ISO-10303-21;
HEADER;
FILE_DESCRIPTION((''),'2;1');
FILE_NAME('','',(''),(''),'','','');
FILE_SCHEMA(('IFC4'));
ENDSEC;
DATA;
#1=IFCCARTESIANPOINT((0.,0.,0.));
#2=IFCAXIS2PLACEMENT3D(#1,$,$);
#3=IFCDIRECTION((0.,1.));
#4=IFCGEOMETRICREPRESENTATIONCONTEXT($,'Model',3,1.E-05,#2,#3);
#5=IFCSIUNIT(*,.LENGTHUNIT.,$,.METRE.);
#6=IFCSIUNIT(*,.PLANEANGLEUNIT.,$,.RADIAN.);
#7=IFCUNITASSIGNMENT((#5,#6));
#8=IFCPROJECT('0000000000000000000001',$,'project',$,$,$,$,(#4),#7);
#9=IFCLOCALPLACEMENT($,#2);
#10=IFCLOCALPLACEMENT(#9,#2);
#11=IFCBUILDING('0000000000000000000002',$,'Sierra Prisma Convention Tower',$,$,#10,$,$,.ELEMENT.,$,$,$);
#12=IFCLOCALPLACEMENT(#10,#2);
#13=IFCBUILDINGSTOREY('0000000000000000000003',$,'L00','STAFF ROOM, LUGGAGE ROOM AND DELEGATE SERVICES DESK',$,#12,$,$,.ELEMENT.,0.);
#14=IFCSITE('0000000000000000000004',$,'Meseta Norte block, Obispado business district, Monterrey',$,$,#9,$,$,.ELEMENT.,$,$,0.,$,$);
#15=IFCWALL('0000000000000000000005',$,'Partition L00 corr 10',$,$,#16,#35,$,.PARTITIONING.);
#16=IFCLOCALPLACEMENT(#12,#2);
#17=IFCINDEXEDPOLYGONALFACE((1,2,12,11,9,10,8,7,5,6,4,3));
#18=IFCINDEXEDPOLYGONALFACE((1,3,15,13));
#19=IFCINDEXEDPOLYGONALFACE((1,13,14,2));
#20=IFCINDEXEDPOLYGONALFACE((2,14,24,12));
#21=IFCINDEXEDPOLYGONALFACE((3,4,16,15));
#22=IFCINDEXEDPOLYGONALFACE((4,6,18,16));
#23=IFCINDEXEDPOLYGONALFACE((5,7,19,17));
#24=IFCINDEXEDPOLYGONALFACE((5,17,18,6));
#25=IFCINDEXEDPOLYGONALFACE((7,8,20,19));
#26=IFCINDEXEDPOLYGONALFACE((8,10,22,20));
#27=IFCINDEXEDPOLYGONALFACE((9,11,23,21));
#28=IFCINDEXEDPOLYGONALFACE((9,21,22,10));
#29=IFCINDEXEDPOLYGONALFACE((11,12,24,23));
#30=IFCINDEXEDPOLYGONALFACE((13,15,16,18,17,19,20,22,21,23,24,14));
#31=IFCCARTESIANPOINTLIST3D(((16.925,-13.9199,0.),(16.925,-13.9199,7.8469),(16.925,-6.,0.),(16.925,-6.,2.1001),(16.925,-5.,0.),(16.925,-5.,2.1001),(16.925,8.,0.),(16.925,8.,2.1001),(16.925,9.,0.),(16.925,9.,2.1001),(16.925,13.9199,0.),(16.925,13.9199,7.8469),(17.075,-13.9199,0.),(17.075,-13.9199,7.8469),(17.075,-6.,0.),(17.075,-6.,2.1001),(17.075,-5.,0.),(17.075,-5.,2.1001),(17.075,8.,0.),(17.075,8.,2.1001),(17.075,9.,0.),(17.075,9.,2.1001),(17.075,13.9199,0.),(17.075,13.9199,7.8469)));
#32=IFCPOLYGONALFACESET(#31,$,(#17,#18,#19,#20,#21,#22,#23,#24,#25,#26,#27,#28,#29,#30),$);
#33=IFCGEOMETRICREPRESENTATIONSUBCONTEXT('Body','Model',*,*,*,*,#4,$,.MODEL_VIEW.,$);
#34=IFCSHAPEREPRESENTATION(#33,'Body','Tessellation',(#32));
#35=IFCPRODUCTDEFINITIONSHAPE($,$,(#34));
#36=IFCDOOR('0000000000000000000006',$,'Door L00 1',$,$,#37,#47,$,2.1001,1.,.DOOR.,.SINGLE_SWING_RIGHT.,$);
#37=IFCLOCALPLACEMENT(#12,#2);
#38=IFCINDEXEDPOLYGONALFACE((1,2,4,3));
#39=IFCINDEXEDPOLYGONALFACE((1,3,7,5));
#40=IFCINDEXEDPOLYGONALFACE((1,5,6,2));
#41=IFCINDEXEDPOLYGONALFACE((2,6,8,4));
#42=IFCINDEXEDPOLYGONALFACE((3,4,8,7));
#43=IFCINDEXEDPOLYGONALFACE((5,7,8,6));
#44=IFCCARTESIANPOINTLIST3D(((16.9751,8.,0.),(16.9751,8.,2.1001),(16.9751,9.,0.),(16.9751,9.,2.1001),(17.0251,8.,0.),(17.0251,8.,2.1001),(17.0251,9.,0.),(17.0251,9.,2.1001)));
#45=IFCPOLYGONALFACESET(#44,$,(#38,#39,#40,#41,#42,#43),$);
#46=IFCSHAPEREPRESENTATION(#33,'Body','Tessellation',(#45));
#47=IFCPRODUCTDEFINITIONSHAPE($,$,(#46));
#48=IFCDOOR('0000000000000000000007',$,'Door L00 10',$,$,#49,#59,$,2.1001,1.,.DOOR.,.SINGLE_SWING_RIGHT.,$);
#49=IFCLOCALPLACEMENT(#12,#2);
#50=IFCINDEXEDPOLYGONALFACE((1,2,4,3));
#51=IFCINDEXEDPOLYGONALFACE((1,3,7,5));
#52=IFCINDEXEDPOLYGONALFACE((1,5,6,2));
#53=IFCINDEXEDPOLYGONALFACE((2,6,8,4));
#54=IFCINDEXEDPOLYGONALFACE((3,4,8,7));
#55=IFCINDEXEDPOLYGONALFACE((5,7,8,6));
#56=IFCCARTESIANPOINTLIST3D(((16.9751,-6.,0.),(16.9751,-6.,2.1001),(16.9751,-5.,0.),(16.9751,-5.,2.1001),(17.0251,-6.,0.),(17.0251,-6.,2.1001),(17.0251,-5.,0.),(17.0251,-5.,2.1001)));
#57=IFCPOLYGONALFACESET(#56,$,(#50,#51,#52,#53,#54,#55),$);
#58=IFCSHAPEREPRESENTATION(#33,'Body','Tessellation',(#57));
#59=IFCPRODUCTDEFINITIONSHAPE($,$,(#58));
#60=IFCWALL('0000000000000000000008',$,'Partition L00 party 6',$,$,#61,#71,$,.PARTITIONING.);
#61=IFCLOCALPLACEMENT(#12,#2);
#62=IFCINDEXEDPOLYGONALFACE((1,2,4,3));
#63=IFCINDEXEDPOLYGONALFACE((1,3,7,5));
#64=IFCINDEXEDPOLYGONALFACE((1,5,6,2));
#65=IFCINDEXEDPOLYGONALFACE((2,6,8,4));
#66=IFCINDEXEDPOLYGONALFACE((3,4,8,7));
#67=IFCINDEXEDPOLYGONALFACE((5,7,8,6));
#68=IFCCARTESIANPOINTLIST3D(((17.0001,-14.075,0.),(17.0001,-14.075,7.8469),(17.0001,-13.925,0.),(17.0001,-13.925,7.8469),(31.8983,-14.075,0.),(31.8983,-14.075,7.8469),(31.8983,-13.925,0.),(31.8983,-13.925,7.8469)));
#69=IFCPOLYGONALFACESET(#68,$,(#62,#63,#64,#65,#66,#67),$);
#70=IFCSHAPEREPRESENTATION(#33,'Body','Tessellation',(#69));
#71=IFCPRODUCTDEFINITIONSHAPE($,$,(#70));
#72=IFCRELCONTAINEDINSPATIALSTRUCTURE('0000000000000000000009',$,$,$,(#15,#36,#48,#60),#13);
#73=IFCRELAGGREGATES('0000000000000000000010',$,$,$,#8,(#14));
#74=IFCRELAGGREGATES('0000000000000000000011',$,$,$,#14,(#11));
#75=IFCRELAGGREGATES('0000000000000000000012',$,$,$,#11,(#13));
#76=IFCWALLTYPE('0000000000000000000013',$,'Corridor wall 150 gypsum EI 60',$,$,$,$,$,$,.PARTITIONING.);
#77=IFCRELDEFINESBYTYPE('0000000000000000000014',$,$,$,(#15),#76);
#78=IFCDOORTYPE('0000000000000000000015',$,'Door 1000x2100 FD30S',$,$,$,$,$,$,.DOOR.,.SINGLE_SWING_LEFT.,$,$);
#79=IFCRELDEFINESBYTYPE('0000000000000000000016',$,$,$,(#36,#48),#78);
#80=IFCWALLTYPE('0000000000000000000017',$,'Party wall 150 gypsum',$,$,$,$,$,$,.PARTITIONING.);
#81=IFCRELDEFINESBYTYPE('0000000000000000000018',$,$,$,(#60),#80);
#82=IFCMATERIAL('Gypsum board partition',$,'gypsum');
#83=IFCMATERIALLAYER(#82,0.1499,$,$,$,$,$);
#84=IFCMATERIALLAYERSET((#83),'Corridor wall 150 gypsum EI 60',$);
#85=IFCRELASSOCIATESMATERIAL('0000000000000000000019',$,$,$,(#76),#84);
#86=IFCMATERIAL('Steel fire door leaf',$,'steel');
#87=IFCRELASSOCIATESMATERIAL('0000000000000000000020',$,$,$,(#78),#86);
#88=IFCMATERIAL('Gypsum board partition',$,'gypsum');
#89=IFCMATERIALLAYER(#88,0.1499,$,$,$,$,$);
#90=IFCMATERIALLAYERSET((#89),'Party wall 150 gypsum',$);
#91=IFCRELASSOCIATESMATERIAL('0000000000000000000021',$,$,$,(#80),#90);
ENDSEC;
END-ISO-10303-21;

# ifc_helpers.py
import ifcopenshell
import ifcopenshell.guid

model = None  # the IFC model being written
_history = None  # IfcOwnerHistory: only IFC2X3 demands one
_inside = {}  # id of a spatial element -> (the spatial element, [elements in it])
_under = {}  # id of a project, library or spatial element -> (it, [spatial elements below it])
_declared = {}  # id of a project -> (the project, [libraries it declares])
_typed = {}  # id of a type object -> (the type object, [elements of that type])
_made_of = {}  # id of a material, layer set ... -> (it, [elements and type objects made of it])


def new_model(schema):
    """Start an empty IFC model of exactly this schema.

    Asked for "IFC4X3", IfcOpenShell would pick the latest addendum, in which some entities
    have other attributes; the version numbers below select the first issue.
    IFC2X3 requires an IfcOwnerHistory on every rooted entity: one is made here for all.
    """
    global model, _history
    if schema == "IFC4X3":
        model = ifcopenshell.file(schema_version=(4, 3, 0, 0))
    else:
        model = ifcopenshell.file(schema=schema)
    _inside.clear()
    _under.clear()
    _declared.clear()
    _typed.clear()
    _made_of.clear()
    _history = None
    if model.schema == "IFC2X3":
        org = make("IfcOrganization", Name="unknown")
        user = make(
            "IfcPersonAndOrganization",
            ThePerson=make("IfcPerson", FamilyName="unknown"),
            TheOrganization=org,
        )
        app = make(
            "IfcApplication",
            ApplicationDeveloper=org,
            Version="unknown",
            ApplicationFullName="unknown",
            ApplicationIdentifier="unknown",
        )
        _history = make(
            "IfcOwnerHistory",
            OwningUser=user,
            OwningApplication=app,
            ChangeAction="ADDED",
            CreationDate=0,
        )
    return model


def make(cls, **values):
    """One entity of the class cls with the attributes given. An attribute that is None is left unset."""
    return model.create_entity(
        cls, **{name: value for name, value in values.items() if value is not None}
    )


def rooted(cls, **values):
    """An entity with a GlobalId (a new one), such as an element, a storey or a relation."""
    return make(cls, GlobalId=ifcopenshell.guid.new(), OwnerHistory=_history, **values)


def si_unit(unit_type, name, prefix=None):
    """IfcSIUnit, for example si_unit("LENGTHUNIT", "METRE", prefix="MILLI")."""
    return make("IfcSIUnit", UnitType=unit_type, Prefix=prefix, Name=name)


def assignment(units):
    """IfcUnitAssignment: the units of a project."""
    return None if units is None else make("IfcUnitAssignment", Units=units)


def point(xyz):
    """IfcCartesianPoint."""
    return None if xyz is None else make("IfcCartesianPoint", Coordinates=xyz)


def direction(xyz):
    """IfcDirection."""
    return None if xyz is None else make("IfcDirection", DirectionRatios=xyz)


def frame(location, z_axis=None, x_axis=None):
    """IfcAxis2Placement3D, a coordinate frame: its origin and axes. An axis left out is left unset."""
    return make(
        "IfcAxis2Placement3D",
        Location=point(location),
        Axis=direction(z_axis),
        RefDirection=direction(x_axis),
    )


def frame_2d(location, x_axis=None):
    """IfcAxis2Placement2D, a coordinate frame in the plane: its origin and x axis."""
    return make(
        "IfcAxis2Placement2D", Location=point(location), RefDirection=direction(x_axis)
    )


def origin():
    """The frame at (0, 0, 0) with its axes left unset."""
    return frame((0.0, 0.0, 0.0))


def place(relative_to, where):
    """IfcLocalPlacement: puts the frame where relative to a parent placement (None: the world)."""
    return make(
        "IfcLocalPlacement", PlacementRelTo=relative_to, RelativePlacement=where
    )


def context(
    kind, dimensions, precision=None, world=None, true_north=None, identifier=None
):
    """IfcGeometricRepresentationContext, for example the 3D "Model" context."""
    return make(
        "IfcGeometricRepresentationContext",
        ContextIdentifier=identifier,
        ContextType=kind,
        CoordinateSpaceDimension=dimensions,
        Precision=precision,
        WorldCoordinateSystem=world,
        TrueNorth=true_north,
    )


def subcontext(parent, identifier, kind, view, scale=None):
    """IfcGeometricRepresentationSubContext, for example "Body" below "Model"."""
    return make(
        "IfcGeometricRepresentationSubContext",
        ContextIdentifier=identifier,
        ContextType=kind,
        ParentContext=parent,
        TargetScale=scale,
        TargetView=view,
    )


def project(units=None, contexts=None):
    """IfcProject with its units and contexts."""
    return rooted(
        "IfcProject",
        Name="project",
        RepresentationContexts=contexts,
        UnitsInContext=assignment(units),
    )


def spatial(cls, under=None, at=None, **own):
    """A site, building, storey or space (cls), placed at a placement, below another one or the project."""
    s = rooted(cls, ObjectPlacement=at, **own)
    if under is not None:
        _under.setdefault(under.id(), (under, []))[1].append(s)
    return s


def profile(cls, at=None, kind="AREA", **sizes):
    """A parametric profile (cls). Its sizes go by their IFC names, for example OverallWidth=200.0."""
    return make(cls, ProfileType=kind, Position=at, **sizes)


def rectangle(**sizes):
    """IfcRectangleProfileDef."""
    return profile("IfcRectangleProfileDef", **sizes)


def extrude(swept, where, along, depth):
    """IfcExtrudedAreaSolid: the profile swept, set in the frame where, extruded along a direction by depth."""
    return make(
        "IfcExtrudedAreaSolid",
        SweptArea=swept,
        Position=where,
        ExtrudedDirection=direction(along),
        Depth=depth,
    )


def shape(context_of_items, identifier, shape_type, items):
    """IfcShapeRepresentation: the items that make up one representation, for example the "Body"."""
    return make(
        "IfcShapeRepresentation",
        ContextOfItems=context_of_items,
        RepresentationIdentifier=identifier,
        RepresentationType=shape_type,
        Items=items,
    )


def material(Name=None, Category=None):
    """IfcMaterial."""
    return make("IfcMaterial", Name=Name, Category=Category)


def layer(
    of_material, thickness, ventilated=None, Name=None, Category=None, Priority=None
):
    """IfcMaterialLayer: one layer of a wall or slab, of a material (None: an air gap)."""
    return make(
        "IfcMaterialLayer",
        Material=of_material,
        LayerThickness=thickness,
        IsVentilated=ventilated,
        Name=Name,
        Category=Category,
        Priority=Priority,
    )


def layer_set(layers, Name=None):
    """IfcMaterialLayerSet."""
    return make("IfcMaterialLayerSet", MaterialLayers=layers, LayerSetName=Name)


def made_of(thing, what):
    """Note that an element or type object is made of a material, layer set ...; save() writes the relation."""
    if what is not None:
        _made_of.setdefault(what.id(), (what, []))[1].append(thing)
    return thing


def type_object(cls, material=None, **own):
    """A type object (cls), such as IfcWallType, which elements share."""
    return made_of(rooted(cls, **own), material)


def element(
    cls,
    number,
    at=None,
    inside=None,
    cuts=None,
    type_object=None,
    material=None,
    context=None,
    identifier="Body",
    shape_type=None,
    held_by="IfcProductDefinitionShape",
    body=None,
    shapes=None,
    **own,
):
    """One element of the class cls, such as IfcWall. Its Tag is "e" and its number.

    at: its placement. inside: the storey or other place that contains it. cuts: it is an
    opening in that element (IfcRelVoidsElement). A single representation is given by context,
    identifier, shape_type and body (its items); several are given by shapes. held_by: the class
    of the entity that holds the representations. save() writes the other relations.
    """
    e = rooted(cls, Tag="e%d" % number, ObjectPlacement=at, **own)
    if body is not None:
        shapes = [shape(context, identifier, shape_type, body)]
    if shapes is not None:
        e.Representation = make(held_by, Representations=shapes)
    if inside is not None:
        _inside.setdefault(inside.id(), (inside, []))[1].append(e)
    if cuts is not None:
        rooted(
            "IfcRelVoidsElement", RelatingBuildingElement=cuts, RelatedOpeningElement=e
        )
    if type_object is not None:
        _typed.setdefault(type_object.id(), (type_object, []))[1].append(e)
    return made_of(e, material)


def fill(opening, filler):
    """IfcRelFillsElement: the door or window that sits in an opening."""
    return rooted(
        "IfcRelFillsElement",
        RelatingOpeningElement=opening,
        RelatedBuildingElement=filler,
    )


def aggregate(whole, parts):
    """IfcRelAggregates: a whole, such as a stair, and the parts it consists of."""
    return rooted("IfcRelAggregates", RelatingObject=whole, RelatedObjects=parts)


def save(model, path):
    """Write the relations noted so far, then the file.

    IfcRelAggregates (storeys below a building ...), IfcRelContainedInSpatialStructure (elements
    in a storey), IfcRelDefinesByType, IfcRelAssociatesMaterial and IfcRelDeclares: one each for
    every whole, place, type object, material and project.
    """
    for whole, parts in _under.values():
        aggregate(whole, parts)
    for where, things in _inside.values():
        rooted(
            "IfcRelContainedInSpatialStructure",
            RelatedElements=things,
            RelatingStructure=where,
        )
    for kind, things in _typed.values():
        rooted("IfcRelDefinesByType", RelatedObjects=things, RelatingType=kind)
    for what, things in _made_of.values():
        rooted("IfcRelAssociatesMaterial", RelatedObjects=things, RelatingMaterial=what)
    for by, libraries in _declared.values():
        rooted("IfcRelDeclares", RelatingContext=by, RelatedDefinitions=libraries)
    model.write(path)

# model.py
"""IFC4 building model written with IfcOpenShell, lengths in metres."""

from ifc_helpers import new_model, si_unit, direction, frame, frame_2d, origin, place, context, subcontext, project, spatial, rectangle, extrude, material, layer, layer_set, type_object, element, fill, save


model = new_model("IFC4")

# Units and contexts
model_context = context("Model", 3, precision=1e-05, world=origin(), true_north=direction((0.0, 1.0)))
body_context = subcontext(model_context, "Body", "Model", "MODEL_VIEW")
ifc_project = project(units=[si_unit("LENGTHUNIT", "METRE"), si_unit("PLANEANGLEUNIT", "RADIAN")], contexts=[model_context])

# Site, building, storey
site_placement = place(None, origin())
site = spatial("IfcSite", under=ifc_project, at=site_placement, Name="Meseta Norte block, Obispado business district, Monterrey", CompositionType="ELEMENT", RefElevation=0.0)
building_placement = place(site_placement, origin())
building = spatial("IfcBuilding", under=site, at=building_placement, Name="Sierra Prisma Convention Tower", CompositionType="ELEMENT")
storey_placement = place(building_placement, origin())
storey = spatial("IfcBuildingStorey", under=building, at=storey_placement, Name="L00", Description="STAFF ROOM, LUGGAGE ROOM AND DELEGATE SERVICES DESK", CompositionType="ELEMENT", Elevation=0.0)

# Wall, openings, doors
ifc_material_1 = material(Name="Gypsum board partition", Category="gypsum")
ifc_layer_1 = layer(ifc_material_1, 0.1499)
ifc_layer_set_1 = layer_set([ifc_layer_1], Name="Corridor wall 150 gypsum EI 60")
wall_type_1 = type_object("IfcWallType", Name="Corridor wall 150 gypsum EI 60", PredefinedType="PARTITIONING", material=ifc_layer_set_1)
wall_1_placement = place(storey_placement, frame((17.0, -13.9199, 0.0), z_axis=(0.0, 0.0, 1.0), x_axis=(0.0, 1.0, 0.0)))
wall_1 = element("IfcWall", 1, at=wall_1_placement, inside=storey, type_object=wall_type_1, Name="Partition L00 corr 10", PredefinedType="PARTITIONING", context=body_context, shape_type="SweptSolid", body=[
    extrude(rectangle(XDim=27.8398, YDim=0.1499, at=frame_2d((13.9199, 0.0))), origin(), (0.0, 0.0, 1.0), 7.8469),
])
opening_1_placement = place(wall_1_placement, frame((21.9199, 0.0, 0.0)))
opening_1 = element("IfcOpeningElement", 2, at=opening_1_placement, cuts=wall_1, PredefinedType="OPENING", context=body_context, shape_type="SweptSolid", body=[
    extrude(rectangle(XDim=1.0, YDim=2.1001, at=frame_2d((0.5, 1.05))), frame((0.0, 0.075, 0.0), z_axis=(0.0, -1.0, 0.0), x_axis=(1.0, 0.0, 0.0)), (0.0, 0.0, 1.0), 0.1499),
])
opening_2_placement = place(wall_1_placement, frame((7.9199, 0.0, 0.0)))
opening_2 = element("IfcOpeningElement", 3, at=opening_2_placement, cuts=wall_1, PredefinedType="OPENING", context=body_context, shape_type="SweptSolid", body=[
    extrude(rectangle(XDim=1.0, YDim=2.1001, at=frame_2d((0.5, 1.05))), frame((0.0, 0.075, 0.0), z_axis=(0.0, -1.0, 0.0), x_axis=(1.0, 0.0, 0.0)), (0.0, 0.0, 1.0), 0.1499),
])
ifc_material_2 = material(Name="Steel fire door leaf", Category="steel")
door_type_1 = type_object("IfcDoorType", Name="Door 1000x2100 FD30S", OperationType="SINGLE_SWING_LEFT", PredefinedType="DOOR", material=ifc_material_2)
door_1_placement = place(opening_1_placement, origin())
door_1 = element("IfcDoor", 4, at=door_1_placement, inside=storey, type_object=door_type_1, Name="Door L00 1", OperationType="SINGLE_SWING_RIGHT", OverallHeight=2.1001, OverallWidth=1.0, PredefinedType="DOOR", context=body_context, shape_type="SweptSolid", body=[
    extrude(rectangle(XDim=1.0, YDim=2.1001, at=frame_2d((0.5, 1.05))), frame((0.0, 0.0249, 0.0), z_axis=(0.0, -1.0, 0.0), x_axis=(1.0, 0.0, 0.0)), (0.0, 0.0, 1.0), 0.05),
])
fill(opening_1, door_1)
door_2_placement = place(opening_2_placement, origin())
door_2 = element("IfcDoor", 5, at=door_2_placement, inside=storey, type_object=door_type_1, Name="Door L00 10", OperationType="SINGLE_SWING_RIGHT", OverallHeight=2.1001, OverallWidth=1.0, PredefinedType="DOOR", context=body_context, shape_type="SweptSolid", body=[
    extrude(rectangle(XDim=1.0, YDim=2.1001, at=frame_2d((0.5, 1.05))), frame((0.0, 0.0249, 0.0), z_axis=(0.0, -1.0, 0.0), x_axis=(1.0, 0.0, 0.0)), (0.0, 0.0, 1.0), 0.05),
])
fill(opening_2, door_2)

# Wall
ifc_material_3 = material(Name="Gypsum board partition", Category="gypsum")
ifc_layer_2 = layer(ifc_material_3, 0.1499)
ifc_layer_set_2 = layer_set([ifc_layer_2], Name="Party wall 150 gypsum")
wall_type_2 = type_object("IfcWallType", Name="Party wall 150 gypsum", PredefinedType="PARTITIONING", material=ifc_layer_set_2)
wall_2_placement = place(storey_placement, frame((17.0, -14.0, 0.0), z_axis=(0.0, 0.0, 1.0), x_axis=(1.0, 0.0, 0.0)))
element("IfcWall", 6, at=wall_2_placement, inside=storey, type_object=wall_type_2, Name="Partition L00 party 6", PredefinedType="PARTITIONING", context=body_context, shape_type="SweptSolid", body=[
    extrude(rectangle(XDim=14.8982, YDim=0.1499, at=frame_2d((7.4492, 0.0))), origin(), (0.0, 0.0, 1.0), 7.8469),
])

save(model, "model.ifc")
